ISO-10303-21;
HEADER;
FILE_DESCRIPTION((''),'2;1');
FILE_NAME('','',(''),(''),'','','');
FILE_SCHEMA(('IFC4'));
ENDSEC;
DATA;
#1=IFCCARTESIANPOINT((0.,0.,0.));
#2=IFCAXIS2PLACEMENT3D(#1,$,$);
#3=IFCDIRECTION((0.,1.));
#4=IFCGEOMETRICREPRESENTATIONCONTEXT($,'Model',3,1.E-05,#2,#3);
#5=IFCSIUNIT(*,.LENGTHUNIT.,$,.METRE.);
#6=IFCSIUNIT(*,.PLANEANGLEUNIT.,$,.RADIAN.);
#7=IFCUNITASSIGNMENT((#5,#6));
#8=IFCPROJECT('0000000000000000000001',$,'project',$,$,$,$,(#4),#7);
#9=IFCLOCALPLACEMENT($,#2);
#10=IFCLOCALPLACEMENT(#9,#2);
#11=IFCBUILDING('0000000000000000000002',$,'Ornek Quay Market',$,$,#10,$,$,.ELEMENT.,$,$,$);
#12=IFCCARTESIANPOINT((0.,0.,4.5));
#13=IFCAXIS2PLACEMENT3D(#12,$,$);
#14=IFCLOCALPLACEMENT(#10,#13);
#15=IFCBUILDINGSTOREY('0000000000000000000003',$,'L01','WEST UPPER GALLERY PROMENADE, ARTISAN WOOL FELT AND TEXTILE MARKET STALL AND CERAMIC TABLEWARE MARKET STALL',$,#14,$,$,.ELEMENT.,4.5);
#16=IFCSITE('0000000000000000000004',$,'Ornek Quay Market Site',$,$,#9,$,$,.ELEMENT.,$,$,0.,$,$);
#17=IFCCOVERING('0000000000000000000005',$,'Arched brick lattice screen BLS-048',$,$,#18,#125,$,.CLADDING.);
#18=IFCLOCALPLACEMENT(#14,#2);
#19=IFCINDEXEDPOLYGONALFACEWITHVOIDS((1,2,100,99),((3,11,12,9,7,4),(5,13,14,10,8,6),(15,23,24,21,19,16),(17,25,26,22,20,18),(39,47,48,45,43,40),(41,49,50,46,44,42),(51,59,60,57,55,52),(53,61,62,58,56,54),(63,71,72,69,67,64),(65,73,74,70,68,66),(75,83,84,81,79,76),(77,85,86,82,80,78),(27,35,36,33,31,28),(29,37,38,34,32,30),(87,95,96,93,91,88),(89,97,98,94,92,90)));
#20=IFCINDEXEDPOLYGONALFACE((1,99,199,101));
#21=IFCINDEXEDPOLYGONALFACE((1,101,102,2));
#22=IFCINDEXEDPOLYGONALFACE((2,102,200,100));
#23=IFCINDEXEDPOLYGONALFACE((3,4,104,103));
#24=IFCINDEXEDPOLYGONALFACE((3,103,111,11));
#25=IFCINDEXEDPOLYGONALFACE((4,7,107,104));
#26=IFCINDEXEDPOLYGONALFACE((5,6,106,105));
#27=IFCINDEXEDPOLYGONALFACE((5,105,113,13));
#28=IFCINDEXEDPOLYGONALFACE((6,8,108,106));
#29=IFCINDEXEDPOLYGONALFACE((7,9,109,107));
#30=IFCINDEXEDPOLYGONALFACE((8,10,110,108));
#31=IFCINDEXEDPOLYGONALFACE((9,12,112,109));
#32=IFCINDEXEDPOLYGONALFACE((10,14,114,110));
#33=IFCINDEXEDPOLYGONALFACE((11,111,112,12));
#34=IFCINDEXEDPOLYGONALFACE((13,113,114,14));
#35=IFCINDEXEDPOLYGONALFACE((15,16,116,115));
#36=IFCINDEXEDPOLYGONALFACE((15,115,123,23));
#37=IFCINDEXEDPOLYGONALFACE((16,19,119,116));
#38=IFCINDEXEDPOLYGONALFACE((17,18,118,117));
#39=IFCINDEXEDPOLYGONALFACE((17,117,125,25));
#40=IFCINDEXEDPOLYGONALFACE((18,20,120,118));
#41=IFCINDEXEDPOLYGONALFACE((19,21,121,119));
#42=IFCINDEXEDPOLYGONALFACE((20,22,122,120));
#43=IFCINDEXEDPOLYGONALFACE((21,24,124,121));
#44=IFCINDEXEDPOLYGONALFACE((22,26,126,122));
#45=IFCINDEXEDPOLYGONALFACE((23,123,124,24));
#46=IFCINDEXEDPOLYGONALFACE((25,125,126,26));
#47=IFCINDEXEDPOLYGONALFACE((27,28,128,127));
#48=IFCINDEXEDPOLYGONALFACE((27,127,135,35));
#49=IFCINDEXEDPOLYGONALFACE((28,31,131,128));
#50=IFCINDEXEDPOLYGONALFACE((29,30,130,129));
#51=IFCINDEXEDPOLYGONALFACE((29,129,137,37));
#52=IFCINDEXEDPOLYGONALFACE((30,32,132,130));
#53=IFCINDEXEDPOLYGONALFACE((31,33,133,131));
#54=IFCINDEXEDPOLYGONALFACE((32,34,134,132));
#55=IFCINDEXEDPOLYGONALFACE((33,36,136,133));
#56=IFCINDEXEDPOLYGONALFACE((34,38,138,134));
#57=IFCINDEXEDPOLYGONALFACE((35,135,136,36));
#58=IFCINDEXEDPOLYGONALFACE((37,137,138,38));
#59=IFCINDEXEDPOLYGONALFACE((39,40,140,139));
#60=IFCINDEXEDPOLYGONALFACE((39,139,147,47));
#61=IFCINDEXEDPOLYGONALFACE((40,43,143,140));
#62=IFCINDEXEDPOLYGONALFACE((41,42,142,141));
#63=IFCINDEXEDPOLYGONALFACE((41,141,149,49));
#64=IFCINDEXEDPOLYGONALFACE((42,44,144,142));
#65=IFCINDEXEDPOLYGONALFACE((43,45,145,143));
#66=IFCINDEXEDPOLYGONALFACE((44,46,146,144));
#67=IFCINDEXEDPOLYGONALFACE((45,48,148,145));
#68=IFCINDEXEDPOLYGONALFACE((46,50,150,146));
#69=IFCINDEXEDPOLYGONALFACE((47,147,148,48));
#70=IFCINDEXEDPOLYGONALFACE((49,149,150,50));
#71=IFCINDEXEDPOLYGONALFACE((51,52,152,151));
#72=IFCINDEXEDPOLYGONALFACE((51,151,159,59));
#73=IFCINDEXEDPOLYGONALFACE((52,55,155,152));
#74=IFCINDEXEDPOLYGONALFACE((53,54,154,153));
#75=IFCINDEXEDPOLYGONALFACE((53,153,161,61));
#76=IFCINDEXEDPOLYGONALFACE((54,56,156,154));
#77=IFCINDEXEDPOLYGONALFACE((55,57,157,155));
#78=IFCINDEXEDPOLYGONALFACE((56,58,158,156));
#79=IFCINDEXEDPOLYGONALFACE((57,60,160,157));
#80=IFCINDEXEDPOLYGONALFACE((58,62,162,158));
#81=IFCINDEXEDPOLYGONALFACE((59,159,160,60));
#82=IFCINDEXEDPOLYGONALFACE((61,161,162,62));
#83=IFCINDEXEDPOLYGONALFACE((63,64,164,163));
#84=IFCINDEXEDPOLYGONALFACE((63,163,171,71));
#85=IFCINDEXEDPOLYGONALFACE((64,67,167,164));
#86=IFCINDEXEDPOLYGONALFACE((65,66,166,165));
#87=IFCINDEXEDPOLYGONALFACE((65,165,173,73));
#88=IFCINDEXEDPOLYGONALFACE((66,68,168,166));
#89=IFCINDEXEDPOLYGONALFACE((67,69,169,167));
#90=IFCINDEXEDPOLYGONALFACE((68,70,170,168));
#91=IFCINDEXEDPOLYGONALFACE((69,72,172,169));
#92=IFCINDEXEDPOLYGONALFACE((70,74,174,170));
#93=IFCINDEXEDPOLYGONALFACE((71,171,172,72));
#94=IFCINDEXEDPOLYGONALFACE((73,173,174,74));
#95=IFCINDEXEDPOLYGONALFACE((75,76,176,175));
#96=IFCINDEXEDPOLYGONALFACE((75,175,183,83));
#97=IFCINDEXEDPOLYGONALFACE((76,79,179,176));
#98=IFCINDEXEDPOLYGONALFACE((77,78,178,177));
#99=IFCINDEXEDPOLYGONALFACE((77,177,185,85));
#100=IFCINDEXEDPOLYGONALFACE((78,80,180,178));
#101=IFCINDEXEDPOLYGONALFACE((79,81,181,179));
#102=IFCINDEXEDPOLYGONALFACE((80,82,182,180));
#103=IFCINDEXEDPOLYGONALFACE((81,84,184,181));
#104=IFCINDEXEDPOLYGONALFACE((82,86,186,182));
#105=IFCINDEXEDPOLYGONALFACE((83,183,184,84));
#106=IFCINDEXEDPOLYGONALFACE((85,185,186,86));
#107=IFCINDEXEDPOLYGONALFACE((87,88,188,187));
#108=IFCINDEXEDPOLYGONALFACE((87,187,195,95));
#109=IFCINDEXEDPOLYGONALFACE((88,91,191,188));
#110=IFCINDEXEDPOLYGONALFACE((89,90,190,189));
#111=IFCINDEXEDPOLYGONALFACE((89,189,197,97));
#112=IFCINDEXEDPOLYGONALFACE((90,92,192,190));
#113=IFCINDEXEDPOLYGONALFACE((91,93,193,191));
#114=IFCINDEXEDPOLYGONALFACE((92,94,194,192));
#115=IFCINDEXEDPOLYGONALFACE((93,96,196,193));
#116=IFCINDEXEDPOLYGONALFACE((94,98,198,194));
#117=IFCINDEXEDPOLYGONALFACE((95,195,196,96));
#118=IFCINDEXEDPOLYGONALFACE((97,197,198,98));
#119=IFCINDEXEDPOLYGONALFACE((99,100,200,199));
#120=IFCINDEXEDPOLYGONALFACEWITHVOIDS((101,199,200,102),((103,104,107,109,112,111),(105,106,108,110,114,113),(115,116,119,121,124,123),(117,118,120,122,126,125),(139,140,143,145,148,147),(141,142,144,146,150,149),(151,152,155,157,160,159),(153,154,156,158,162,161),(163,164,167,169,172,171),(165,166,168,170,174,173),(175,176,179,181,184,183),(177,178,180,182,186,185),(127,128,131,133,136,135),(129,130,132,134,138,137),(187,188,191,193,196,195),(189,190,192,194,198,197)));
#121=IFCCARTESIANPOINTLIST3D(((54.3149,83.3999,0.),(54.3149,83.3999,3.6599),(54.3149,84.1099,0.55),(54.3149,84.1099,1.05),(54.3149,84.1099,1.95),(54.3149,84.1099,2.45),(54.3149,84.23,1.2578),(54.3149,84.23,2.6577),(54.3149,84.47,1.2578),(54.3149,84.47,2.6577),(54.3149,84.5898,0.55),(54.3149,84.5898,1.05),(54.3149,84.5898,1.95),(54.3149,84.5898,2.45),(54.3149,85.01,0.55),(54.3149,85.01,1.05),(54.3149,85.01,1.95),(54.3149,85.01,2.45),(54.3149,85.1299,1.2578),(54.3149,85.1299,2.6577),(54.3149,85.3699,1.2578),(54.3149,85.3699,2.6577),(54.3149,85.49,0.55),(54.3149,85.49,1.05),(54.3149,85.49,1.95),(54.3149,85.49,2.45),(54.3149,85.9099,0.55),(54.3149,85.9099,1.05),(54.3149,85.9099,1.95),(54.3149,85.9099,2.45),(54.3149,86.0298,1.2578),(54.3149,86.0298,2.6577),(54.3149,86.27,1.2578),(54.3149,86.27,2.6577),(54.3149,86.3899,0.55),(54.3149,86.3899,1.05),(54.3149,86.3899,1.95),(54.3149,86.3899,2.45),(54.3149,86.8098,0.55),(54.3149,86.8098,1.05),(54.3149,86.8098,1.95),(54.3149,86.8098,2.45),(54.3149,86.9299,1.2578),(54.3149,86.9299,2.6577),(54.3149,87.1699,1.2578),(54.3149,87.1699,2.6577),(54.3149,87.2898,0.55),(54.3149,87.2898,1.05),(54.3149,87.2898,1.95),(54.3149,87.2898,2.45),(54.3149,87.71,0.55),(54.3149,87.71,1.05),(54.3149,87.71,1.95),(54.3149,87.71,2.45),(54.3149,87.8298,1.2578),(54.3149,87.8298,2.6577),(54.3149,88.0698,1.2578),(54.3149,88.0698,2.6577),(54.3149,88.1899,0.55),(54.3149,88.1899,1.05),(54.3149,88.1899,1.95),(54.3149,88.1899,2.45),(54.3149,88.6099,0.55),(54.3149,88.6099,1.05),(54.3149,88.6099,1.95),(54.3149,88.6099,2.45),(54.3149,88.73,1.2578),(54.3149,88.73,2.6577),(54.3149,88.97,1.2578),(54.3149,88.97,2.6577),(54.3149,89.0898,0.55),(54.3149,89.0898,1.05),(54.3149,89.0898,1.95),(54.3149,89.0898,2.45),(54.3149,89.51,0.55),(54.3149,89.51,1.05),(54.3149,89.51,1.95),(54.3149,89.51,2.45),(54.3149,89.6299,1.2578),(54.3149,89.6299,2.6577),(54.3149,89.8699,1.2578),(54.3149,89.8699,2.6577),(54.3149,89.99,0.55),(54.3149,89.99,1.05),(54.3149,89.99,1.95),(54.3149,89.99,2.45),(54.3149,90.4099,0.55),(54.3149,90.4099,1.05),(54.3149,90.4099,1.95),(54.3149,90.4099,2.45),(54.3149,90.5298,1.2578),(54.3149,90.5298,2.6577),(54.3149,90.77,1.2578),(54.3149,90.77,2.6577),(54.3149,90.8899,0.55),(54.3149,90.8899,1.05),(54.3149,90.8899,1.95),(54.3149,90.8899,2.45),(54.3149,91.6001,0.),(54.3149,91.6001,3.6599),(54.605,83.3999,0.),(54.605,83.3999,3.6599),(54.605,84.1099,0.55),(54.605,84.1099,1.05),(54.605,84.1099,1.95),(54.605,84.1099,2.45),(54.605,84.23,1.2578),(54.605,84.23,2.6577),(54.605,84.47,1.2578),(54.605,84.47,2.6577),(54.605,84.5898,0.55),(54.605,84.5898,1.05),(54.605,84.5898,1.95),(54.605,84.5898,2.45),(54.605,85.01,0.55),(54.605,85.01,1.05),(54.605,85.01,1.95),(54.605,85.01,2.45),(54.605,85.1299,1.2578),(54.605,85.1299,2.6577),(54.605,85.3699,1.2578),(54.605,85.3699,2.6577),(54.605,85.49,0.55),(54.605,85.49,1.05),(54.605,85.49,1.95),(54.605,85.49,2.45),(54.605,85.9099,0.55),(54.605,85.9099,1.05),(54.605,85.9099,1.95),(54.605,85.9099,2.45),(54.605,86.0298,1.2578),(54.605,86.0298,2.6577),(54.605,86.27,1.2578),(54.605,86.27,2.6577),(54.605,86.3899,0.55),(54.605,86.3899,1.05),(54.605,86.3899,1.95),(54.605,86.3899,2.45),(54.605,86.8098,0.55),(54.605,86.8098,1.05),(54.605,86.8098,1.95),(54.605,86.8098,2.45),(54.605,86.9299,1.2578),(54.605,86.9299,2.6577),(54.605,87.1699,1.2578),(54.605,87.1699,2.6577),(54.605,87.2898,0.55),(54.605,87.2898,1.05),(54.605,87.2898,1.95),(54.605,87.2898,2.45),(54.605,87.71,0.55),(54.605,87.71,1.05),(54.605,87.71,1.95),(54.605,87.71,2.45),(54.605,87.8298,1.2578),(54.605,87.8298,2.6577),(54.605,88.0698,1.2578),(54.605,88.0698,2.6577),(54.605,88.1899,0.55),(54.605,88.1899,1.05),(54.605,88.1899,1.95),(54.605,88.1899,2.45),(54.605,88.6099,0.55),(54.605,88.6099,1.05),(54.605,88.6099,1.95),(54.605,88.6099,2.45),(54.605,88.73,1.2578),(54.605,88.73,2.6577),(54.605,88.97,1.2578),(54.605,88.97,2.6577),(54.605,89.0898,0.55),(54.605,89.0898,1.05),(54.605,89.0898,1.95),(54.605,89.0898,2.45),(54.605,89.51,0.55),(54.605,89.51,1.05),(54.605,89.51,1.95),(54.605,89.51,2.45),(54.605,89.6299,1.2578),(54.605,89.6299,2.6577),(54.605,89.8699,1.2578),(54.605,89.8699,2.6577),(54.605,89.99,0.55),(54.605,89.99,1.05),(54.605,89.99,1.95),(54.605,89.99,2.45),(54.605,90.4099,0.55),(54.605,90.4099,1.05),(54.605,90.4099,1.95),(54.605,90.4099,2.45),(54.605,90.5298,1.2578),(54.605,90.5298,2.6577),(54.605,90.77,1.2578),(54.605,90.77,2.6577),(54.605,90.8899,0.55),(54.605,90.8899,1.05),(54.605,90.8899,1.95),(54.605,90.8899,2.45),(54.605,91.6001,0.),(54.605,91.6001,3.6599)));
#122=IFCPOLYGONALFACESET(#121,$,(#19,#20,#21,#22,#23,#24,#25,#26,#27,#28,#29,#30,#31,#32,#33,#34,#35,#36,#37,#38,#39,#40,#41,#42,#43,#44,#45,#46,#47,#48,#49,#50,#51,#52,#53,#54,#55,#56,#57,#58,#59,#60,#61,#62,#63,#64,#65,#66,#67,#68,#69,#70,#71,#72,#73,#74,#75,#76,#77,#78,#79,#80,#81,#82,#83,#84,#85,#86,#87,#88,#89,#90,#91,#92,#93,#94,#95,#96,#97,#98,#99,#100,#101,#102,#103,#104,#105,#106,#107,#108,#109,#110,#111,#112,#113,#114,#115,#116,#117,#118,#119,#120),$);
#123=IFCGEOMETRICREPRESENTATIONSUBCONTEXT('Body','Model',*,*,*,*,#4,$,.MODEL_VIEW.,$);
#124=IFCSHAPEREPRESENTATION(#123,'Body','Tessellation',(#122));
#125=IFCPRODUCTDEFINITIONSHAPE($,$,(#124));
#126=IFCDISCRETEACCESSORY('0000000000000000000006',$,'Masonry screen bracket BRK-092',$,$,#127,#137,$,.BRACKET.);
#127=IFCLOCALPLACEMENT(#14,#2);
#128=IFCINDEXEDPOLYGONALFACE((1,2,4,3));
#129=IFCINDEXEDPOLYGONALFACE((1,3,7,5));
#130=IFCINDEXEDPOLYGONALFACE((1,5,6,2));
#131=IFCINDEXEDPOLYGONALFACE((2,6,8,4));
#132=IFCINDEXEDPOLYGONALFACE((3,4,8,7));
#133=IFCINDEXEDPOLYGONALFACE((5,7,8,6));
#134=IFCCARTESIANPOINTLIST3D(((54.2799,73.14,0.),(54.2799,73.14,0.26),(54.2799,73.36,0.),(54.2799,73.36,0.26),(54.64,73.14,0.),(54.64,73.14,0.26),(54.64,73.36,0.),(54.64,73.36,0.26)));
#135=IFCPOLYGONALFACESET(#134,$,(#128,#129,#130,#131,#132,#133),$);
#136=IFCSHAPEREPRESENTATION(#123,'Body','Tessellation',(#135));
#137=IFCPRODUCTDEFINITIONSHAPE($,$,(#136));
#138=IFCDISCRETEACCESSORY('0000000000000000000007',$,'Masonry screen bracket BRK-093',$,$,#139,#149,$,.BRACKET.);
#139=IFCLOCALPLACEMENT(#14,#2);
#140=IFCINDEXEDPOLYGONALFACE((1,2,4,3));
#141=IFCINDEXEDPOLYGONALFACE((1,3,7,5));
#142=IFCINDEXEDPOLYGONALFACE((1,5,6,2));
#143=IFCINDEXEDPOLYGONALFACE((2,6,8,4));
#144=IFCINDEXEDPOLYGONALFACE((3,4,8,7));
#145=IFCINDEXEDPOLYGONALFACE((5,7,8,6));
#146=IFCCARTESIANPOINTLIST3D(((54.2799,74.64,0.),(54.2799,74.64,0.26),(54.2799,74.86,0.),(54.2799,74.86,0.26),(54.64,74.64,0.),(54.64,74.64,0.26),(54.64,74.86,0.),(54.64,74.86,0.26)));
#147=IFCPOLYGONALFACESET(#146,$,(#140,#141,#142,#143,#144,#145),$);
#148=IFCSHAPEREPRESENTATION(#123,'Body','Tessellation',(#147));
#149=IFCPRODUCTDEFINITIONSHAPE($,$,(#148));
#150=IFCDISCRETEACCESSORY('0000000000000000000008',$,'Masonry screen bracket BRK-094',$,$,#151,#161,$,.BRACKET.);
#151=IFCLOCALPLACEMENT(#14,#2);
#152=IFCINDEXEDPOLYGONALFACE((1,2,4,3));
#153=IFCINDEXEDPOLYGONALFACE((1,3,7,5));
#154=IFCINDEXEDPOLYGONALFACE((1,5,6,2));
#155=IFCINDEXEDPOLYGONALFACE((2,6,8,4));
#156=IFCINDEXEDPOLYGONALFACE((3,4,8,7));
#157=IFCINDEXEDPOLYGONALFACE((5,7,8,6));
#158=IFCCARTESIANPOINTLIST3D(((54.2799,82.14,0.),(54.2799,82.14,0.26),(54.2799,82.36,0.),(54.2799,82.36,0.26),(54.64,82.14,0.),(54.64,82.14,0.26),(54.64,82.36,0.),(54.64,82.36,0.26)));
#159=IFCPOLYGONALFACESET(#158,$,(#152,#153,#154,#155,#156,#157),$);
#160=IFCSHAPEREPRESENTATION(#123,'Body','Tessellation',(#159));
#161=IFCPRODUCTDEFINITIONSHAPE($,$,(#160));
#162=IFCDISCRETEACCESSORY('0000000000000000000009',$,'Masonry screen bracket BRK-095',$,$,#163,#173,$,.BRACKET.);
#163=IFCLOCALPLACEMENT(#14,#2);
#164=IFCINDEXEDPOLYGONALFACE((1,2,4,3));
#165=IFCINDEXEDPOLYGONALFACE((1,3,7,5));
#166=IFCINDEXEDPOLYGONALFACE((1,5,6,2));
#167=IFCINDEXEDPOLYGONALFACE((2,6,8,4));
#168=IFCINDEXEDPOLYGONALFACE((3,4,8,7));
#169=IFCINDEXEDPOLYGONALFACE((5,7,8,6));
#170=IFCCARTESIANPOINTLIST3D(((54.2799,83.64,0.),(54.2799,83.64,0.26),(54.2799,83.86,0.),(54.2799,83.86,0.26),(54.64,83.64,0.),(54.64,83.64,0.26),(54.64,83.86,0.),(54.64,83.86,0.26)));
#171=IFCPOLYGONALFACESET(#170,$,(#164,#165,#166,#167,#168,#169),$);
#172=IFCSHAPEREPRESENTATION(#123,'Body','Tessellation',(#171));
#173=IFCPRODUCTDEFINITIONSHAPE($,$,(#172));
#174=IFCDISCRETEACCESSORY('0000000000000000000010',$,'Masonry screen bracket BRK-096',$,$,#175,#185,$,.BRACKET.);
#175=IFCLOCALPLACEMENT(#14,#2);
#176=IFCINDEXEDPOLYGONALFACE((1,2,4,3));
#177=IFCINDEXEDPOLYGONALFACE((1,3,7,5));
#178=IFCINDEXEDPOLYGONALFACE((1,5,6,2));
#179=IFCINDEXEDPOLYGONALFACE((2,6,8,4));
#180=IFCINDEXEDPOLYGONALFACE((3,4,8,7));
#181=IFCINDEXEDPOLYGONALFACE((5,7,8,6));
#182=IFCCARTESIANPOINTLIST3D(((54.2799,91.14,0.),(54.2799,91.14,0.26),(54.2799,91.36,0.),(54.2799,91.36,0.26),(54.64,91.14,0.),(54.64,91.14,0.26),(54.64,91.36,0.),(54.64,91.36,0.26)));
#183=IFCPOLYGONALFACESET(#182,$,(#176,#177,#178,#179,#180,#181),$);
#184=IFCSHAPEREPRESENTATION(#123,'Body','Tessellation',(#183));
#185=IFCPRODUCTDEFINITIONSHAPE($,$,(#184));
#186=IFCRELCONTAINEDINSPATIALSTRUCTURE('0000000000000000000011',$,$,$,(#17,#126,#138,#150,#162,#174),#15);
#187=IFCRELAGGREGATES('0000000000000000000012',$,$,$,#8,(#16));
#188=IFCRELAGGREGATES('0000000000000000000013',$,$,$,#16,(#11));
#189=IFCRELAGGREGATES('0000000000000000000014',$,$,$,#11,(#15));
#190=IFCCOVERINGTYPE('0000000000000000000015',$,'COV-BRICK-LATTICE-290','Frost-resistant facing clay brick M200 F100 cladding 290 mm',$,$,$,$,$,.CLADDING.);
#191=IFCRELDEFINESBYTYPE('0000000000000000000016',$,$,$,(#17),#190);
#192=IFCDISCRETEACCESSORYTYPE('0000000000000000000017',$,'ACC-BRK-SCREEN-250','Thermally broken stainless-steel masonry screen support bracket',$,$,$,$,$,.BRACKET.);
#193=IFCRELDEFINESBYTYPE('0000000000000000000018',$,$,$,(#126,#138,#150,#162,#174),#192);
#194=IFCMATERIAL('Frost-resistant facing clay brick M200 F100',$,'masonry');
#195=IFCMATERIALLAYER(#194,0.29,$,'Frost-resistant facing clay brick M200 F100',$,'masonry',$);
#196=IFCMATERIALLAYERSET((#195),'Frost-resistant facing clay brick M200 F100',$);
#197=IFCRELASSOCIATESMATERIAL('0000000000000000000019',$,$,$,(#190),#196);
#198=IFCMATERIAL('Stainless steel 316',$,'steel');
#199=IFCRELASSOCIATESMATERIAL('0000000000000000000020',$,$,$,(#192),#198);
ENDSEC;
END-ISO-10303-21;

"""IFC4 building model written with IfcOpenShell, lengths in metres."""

from ifc_helpers import new_model, si_unit, direction, frame, origin, origin_2d, place, context, subcontext, project, spatial, polyline, rectangle, outline, extrude, material, layer, layer_set, type_object, element, save


model = new_model("IFC4")

# Units and contexts
model_context = context("Model", 3, precision=1e-05, world=origin(), true_north=direction((0.0, 1.0)))
body_context = subcontext(model_context, "Body", "Model", "MODEL_VIEW")
ifc_project = project(units=[si_unit("LENGTHUNIT", "METRE"), si_unit("PLANEANGLEUNIT", "RADIAN")], contexts=[model_context])

# Site, building, storey
site_placement = place(None, origin())
site = spatial("IfcSite", under=ifc_project, at=site_placement, Name="Ornek Quay Market Site", CompositionType="ELEMENT", RefElevation=0.0)
building_placement = place(site_placement, origin())
building = spatial("IfcBuilding", under=site, at=building_placement, Name="Ornek Quay Market", CompositionType="ELEMENT")
storey_placement = place(building_placement, frame((0.0, 0.0, 4.5)))
storey = spatial("IfcBuildingStorey", under=building, at=storey_placement, Name="L01", Description="WEST UPPER GALLERY PROMENADE, ARTISAN WOOL FELT AND TEXTILE MARKET STALL AND CERAMIC TABLEWARE MARKET STALL", CompositionType="ELEMENT", Elevation=4.5)

# Covering
ifc_material_1 = material(Name="Frost-resistant facing clay brick M200 F100", Category="masonry")
ifc_layer_1 = layer(ifc_material_1, 0.29, Name="Frost-resistant facing clay brick M200 F100", Category="masonry")
ifc_layer_set_1 = layer_set([ifc_layer_1], Name="Frost-resistant facing clay brick M200 F100")
covering_type = type_object("IfcCoveringType", Name="COV-BRICK-LATTICE-290", Description="Frost-resistant facing clay brick M200 F100 cladding 290 mm", PredefinedType="CLADDING", material=ifc_layer_set_1)
covering_1_placement = place(storey_placement, frame((54.46, 83.3999, 0.0), z_axis=(0.0, 0.0, 1.0), x_axis=(0.0, 1.0, 0.0)))
element("IfcCovering", 1, at=covering_1_placement, inside=storey, type_object=covering_type, Name="Arched brick lattice screen BLS-048", PredefinedType="CLADDING", context=body_context, shape_type="SweptSolid", body=[
    extrude(outline(polyline([(0.0, 0.0), (8.2002, 0.0), (8.2002, 3.6599), (0.0, 3.6599), (0.0, 0.0)]), holes=[polyline([(0.71, 0.55), (1.1899, 0.55), (1.1899, 1.05), (1.0701, 1.2578), (0.8301, 1.2578), (0.71, 1.05), (0.71, 0.55)]), polyline([(0.71, 1.95), (1.1899, 1.95), (1.1899, 2.45), (1.0701, 2.6577), (0.8301, 2.6577), (0.71, 2.45), (0.71, 1.95)]), polyline([(1.6101, 0.55), (2.0901, 0.55), (2.0901, 1.05), (1.97, 1.2578), (1.73, 1.2578), (1.6101, 1.05), (1.6101, 0.55)]), polyline([(1.6101, 1.95), (2.0901, 1.95), (2.0901, 2.45), (1.97, 2.6577), (1.73, 2.6577), (1.6101, 2.45), (1.6101, 1.95)]), polyline([(2.51, 0.55), (2.99, 0.55), (2.99, 1.05), (2.8701, 1.2578), (2.6299, 1.2578), (2.51, 1.05), (2.51, 0.55)]), polyline([(2.51, 1.95), (2.99, 1.95), (2.99, 2.45), (2.8701, 2.6577), (2.6299, 2.6577), (2.51, 2.45), (2.51, 1.95)]), polyline([(3.4099, 0.55), (3.8899, 0.55), (3.8899, 1.05), (3.77, 1.2578), (3.53, 1.2578), (3.4099, 1.05), (3.4099, 0.55)]), polyline([(3.4099, 1.95), (3.8899, 1.95), (3.8899, 2.45), (3.77, 2.6577), (3.53, 2.6577), (3.4099, 2.45), (3.4099, 1.95)]), polyline([(4.3101, 0.55), (4.79, 0.55), (4.79, 1.05), (4.6699, 1.2578), (4.4299, 1.2578), (4.3101, 1.05), (4.3101, 0.55)]), polyline([(4.3101, 1.95), (4.79, 1.95), (4.79, 2.45), (4.6699, 2.6577), (4.4299, 2.6577), (4.3101, 2.45), (4.3101, 1.95)]), polyline([(5.21, 0.55), (5.6899, 0.55), (5.6899, 1.05), (5.5701, 1.2578), (5.3301, 1.2578), (5.21, 1.05), (5.21, 0.55)]), polyline([(5.21, 1.95), (5.6899, 1.95), (5.6899, 2.45), (5.5701, 2.6577), (5.3301, 2.6577), (5.21, 2.45), (5.21, 1.95)]), polyline([(6.1101, 0.55), (6.5901, 0.55), (6.5901, 1.05), (6.47, 1.2578), (6.23, 1.2578), (6.1101, 1.05), (6.1101, 0.55)]), polyline([(6.1101, 1.95), (6.5901, 1.95), (6.5901, 2.45), (6.47, 2.6577), (6.23, 2.6577), (6.1101, 2.45), (6.1101, 1.95)]), polyline([(7.01, 0.55), (7.49, 0.55), (7.49, 1.05), (7.3701, 1.2578), (7.1299, 1.2578), (7.01, 1.05), (7.01, 0.55)]), polyline([(7.01, 1.95), (7.49, 1.95), (7.49, 2.45), (7.3701, 2.6577), (7.1299, 2.6577), (7.01, 2.45), (7.01, 1.95)])]), frame((0.0, 0.145, 0.0), z_axis=(0.0, -1.0, 0.0), x_axis=(1.0, 0.0, 0.0)), (0.0, 0.0, 1.0), 0.29),
])

# Discrete accessories
ifc_material_2 = material(Name="Stainless steel 316", Category="steel")
discrete_accessory_type = type_object("IfcDiscreteAccessoryType", Name="ACC-BRK-SCREEN-250", Description="Thermally broken stainless-steel masonry screen support bracket", PredefinedType="BRACKET", material=ifc_material_2)
for number, where, z_axis, x_axis, name in (
    (2, (54.46, 73.25, 0.0), (0.0, 0.0, 1.0), (0.0, 1.0, 0.0), "Masonry screen bracket BRK-092"),
    (3, (54.46, 74.75, 0.0), (0.0, 0.0, 1.0), (0.0, 1.0, 0.0), "Masonry screen bracket BRK-093"),
    (4, (54.46, 82.25, 0.0), (0.0, 0.0, 1.0), (0.0, 1.0, 0.0), "Masonry screen bracket BRK-094"),
    (5, (54.46, 83.75, 0.0), (0.0, 0.0, 1.0), (0.0, 1.0, 0.0), "Masonry screen bracket BRK-095"),
    (6, (54.46, 91.25, 0.0), (0.0, 0.0, 1.0), (0.0, 1.0, 0.0), "Masonry screen bracket BRK-096"),
):
    element("IfcDiscreteAccessory", number, at=place(storey_placement, frame(where, z_axis=z_axis, x_axis=x_axis)), inside=storey, type_object=discrete_accessory_type, Name=name, PredefinedType="BRACKET", context=body_context, shape_type="SweptSolid", body=[
        extrude(rectangle(XDim=0.22, YDim=0.3601, at=origin_2d()), origin(), (0.0, 0.0, 1.0), 0.26),
    ])

save(model, "model.ifc")
